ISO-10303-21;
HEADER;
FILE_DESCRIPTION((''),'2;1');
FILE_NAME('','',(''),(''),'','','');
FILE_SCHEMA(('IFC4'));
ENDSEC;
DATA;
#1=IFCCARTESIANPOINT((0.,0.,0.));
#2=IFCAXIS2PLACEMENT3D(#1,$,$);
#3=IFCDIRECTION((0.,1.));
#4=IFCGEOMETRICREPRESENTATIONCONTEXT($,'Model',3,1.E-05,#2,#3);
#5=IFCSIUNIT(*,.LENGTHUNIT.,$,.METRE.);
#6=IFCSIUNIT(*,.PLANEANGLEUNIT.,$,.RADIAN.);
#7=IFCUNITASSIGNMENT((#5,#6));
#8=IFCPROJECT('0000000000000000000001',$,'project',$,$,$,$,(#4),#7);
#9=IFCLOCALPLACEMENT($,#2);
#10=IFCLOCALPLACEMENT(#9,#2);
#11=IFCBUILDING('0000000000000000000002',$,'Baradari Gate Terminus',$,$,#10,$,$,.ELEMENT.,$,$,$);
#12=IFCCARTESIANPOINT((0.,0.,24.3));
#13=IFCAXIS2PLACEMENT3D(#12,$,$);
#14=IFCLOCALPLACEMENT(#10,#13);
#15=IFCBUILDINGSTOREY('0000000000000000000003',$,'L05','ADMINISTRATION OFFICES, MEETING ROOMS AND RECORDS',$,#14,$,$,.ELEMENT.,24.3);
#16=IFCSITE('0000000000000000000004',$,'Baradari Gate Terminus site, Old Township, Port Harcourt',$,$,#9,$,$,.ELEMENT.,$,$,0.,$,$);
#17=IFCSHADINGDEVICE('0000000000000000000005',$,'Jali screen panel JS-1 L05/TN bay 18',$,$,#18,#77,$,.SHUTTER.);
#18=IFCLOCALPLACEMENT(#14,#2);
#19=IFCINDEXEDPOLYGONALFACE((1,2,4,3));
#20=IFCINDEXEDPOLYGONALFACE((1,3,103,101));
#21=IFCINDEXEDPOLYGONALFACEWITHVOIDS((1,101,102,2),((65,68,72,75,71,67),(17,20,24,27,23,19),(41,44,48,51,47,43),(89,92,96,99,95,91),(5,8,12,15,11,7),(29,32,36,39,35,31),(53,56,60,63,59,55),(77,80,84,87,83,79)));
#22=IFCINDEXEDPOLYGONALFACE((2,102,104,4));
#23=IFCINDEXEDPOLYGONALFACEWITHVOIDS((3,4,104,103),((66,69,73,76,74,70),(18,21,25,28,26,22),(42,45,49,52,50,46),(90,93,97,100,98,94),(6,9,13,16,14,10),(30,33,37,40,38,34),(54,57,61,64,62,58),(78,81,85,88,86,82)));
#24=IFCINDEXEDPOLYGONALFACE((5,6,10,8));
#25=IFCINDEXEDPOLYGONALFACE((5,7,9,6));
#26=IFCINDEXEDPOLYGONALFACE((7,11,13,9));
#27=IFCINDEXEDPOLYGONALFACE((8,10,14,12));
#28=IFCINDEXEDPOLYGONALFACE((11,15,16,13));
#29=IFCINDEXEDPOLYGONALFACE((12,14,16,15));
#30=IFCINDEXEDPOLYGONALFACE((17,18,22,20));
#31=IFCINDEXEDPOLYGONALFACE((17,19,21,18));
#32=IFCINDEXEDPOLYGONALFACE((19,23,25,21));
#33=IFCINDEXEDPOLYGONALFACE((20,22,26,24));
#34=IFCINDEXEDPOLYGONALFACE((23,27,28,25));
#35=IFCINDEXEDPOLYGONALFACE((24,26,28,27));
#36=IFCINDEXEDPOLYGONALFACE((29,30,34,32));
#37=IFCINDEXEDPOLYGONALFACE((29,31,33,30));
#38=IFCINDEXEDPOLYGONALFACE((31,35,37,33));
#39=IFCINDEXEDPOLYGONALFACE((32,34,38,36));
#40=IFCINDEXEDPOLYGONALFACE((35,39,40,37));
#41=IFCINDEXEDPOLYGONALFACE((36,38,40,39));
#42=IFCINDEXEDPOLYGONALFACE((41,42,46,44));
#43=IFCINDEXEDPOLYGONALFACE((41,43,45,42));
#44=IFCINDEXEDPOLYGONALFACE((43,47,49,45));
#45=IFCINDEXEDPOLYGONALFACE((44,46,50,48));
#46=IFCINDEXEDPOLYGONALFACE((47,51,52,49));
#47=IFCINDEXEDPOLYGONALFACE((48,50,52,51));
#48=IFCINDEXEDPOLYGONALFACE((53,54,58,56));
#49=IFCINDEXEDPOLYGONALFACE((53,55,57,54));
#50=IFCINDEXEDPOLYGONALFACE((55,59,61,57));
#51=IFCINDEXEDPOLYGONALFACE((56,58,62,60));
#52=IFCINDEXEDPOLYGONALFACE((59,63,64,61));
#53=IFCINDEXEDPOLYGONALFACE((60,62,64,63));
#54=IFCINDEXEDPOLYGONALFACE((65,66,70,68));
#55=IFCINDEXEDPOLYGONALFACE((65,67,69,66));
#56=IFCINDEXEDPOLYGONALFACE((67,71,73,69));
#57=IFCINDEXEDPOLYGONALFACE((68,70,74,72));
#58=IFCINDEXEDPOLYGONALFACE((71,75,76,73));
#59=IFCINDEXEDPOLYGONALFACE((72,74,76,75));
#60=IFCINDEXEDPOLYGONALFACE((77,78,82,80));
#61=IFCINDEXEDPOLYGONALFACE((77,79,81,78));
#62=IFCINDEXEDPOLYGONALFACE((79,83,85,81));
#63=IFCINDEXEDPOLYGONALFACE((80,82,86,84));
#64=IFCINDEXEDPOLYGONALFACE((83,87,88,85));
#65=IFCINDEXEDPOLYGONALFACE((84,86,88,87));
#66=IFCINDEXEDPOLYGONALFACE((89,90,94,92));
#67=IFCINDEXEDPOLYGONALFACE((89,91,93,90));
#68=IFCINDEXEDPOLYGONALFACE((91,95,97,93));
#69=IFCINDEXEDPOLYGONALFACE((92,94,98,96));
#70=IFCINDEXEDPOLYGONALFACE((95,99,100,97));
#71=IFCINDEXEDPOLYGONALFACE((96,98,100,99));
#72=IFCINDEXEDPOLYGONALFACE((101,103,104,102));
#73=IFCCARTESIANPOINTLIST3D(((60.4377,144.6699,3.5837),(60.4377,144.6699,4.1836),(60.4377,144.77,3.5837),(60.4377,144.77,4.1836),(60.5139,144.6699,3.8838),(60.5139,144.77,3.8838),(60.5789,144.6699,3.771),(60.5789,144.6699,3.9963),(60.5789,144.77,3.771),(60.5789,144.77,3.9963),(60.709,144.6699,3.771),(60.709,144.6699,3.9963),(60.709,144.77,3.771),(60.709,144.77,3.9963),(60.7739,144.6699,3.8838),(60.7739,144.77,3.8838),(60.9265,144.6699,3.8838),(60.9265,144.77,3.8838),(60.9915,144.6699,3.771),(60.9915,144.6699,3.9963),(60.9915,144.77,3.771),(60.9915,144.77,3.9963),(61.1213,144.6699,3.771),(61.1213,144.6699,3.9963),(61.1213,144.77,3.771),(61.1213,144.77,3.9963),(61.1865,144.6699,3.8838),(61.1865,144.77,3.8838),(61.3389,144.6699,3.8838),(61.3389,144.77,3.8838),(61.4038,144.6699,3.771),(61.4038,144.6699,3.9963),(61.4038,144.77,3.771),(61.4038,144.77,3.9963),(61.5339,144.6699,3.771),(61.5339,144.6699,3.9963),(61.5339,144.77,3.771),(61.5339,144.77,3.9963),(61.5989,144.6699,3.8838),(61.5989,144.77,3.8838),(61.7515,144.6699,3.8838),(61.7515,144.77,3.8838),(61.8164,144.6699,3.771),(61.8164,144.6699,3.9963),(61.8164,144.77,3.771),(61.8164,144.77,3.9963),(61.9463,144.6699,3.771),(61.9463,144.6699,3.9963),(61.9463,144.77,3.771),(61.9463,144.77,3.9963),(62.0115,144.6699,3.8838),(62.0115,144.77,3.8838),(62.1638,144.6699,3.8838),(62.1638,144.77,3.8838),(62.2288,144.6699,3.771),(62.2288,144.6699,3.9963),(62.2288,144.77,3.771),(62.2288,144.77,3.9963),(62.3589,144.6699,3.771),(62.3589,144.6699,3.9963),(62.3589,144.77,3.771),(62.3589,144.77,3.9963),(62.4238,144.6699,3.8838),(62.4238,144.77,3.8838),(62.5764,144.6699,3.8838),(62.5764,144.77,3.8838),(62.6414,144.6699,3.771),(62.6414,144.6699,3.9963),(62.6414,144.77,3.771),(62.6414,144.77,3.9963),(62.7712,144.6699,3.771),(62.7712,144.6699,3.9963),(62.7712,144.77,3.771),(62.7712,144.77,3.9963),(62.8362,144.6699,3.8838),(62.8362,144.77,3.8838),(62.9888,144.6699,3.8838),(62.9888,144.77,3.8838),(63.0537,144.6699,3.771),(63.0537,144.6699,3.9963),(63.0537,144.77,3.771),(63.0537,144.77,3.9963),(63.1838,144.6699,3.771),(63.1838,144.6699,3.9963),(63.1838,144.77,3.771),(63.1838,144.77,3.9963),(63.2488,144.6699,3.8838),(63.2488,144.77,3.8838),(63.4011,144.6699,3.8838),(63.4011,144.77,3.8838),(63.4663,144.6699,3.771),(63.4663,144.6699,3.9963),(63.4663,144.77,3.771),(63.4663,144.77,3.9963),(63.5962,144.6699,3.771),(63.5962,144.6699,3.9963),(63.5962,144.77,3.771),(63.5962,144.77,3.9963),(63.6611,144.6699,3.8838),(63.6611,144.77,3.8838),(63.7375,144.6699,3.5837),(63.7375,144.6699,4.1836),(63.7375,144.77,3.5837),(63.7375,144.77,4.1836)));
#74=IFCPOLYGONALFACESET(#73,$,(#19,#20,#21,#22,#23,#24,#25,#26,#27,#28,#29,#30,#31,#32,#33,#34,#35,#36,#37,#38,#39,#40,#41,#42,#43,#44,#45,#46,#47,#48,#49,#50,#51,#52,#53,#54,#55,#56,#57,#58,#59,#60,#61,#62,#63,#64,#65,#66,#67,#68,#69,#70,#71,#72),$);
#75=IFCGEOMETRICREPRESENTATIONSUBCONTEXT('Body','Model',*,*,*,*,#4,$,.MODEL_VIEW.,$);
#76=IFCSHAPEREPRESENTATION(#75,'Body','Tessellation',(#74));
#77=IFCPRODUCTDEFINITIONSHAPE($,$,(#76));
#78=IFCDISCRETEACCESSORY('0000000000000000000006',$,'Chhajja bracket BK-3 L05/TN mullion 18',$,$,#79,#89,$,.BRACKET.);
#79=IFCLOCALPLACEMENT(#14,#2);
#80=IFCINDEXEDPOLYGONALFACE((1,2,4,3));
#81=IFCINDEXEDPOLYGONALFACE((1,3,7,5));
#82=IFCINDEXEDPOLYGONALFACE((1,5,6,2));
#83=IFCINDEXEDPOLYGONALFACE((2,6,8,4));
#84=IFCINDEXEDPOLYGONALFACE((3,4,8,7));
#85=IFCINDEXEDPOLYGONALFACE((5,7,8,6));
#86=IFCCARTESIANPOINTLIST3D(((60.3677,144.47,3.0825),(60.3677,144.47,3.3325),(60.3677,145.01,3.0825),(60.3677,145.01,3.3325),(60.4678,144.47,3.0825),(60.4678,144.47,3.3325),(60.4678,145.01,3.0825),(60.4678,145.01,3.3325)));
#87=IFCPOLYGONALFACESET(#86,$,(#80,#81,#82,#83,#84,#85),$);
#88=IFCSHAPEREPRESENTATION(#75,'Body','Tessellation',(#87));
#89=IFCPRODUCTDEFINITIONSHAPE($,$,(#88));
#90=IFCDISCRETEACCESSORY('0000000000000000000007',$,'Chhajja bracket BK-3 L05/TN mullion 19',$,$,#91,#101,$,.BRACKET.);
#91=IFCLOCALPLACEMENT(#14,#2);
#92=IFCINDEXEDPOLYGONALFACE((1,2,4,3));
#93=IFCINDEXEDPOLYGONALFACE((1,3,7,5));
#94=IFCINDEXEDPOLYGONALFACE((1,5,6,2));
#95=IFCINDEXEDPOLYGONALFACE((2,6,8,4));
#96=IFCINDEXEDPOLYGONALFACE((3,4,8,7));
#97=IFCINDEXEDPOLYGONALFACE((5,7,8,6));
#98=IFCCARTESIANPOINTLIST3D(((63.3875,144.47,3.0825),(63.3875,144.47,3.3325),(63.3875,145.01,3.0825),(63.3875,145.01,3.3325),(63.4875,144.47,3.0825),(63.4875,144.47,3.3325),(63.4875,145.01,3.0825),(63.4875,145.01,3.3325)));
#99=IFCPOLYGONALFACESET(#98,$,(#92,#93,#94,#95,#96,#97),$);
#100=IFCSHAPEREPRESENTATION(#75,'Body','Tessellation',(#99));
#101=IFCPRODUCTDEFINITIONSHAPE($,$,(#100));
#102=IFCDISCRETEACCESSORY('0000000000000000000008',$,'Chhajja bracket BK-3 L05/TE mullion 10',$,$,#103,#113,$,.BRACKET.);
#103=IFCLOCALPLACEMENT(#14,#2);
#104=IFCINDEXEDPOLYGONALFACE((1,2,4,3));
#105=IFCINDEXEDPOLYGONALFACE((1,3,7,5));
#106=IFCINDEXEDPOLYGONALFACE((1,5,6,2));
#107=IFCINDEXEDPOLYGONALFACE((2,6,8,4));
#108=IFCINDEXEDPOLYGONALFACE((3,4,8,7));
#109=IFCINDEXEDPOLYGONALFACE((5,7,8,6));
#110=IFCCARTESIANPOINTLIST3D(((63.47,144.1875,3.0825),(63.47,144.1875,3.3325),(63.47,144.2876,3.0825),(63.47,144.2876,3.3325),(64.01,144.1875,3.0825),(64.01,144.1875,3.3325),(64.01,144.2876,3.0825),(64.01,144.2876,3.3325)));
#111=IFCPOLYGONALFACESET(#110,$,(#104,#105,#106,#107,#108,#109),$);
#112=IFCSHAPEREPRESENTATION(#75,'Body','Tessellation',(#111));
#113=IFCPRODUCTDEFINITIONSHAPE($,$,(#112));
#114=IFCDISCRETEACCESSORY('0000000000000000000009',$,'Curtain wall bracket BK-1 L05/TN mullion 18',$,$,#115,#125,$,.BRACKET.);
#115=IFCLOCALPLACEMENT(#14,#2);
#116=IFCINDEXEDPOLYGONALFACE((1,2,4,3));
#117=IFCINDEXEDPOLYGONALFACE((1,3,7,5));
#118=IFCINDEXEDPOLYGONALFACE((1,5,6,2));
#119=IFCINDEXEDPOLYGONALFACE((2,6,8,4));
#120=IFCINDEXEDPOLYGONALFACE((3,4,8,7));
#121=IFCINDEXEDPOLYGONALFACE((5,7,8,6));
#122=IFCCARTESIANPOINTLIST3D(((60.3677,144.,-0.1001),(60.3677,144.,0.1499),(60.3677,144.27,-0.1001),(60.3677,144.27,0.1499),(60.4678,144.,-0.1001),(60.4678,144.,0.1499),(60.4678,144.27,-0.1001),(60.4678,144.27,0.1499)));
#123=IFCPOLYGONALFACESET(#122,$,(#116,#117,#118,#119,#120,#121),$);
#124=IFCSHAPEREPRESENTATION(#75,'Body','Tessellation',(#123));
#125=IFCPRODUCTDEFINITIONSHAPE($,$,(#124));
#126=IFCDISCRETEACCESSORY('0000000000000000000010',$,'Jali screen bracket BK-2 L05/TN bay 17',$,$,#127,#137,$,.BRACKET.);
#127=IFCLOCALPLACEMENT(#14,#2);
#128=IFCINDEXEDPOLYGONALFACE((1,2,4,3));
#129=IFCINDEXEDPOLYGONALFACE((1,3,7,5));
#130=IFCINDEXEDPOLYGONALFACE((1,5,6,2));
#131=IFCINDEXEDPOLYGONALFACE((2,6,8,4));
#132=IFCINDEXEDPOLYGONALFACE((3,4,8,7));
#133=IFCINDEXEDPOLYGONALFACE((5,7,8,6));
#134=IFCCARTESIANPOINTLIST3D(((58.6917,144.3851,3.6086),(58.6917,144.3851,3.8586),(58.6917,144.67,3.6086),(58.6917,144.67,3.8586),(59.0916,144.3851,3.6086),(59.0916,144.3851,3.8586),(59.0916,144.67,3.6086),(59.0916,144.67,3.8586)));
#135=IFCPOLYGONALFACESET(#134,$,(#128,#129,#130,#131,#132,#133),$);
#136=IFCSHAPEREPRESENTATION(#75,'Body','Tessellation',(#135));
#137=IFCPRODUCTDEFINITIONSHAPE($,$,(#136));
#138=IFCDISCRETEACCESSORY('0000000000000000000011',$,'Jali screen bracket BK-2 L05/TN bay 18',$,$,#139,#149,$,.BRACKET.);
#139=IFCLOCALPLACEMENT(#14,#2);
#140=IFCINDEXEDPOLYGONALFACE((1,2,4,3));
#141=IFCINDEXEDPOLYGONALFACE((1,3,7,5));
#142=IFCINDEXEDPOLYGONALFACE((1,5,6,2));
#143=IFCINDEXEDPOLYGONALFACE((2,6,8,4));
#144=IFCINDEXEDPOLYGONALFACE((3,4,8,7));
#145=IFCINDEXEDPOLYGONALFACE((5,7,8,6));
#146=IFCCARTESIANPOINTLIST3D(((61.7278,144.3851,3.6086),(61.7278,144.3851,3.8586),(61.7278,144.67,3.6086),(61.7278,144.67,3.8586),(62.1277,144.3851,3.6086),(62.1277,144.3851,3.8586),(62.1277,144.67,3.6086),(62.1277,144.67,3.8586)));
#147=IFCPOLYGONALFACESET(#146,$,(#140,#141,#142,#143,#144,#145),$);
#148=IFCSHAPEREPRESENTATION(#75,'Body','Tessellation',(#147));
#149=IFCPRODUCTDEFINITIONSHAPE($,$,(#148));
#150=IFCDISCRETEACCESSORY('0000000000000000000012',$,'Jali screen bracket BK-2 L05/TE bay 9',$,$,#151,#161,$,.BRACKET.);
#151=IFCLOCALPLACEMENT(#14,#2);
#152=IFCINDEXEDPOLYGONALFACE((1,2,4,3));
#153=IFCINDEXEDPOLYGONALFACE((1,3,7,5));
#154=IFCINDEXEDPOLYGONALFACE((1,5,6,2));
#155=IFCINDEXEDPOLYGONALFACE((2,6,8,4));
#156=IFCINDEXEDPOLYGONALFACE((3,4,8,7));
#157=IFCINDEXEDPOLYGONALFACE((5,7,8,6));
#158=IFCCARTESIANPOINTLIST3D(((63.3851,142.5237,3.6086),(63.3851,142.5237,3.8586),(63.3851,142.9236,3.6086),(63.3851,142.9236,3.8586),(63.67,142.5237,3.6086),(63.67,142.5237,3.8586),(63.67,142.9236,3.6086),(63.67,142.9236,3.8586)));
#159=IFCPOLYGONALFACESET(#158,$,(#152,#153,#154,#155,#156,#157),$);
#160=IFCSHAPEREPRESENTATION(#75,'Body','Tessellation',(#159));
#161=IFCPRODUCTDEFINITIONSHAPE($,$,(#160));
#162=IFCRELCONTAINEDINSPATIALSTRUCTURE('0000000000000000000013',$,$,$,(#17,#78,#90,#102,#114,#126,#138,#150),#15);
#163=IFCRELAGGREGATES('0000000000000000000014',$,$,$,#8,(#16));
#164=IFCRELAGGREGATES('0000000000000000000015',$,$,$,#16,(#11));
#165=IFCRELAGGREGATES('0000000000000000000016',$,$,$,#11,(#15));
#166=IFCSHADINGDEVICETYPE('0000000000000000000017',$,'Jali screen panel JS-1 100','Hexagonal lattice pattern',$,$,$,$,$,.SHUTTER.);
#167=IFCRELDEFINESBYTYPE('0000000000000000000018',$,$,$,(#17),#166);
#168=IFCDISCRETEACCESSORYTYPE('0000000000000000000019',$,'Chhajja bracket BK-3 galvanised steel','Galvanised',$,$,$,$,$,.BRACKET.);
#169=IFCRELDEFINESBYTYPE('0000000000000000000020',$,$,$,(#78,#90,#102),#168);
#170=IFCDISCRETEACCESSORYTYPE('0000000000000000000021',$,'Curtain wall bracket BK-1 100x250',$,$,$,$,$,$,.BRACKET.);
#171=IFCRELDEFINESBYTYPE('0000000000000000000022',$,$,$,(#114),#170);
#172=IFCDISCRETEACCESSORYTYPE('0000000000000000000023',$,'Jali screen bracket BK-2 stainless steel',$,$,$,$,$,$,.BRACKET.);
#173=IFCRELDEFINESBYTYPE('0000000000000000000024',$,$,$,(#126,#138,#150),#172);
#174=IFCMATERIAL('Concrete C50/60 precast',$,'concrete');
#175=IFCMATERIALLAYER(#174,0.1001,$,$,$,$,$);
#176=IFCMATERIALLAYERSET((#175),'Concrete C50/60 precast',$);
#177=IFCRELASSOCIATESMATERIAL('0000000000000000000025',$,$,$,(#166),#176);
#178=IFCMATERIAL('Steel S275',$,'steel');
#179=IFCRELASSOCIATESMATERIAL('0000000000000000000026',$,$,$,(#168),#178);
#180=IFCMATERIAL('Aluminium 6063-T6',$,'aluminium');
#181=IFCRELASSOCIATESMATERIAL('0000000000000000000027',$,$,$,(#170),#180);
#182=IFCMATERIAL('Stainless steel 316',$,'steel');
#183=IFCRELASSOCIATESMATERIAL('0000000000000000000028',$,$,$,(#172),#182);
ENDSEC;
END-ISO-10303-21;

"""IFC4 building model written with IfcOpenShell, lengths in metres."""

from ifc_helpers import new_model, si_unit, direction, frame, origin, origin_2d, place, context, subcontext, project, spatial, polyline, rectangle, outline, extrude, material, layer, layer_set, type_object, element, save


model = new_model("IFC4")

# Units and contexts
model_context = context("Model", 3, precision=1e-05, world=origin(), true_north=direction((0.0, 1.0)))
body_context = subcontext(model_context, "Body", "Model", "MODEL_VIEW")
ifc_project = project(units=[si_unit("LENGTHUNIT", "METRE"), si_unit("PLANEANGLEUNIT", "RADIAN")], contexts=[model_context])

# Site, building, storey
site_placement = place(None, origin())
site = spatial("IfcSite", under=ifc_project, at=site_placement, Name="Baradari Gate Terminus site, Old Township, Port Harcourt", CompositionType="ELEMENT", RefElevation=0.0)
building_placement = place(site_placement, origin())
building = spatial("IfcBuilding", under=site, at=building_placement, Name="Baradari Gate Terminus", CompositionType="ELEMENT")
storey_placement = place(building_placement, frame((0.0, 0.0, 24.3)))
storey = spatial("IfcBuildingStorey", under=building, at=storey_placement, Name="L05", Description="ADMINISTRATION OFFICES, MEETING ROOMS AND RECORDS", CompositionType="ELEMENT", Elevation=24.3)

# Shading device
ifc_material_1 = material(Name="Concrete C50/60 precast", Category="concrete")
ifc_layer_1 = layer(ifc_material_1, 0.1001)
ifc_layer_set_1 = layer_set([ifc_layer_1], Name="Concrete C50/60 precast")
shading_device_type_1 = type_object("IfcShadingDeviceType", Name="Jali screen panel JS-1 100", Description="Hexagonal lattice pattern", PredefinedType="SHUTTER", material=ifc_layer_set_1)
shading_device_1_placement = place(storey_placement, frame((60.4377, 144.72, 3.5837), z_axis=(0.0, 0.0, 1.0), x_axis=(1.0, 0.0, 0.0)))
element("IfcShadingDevice", 1, at=shading_device_1_placement, inside=storey, type_object=shading_device_type_1, Name="Jali screen panel JS-1 L05/TN bay 18", PredefinedType="SHUTTER", context=body_context, shape_type="SweptSolid", body=[
    extrude(outline(polyline([(0.0, 0.0), (3.2998, 0.0), (3.2998, 0.5999), (0.0, 0.5999), (0.0, 0.0)]), holes=[polyline([(0.3362, 0.3), (0.2712, 0.1873), (0.1411, 0.1873), (0.0762, 0.3), (0.1411, 0.4126), (0.2712, 0.4126), (0.3362, 0.3)]), polyline([(0.7488, 0.3), (0.6836, 0.1873), (0.5537, 0.1873), (0.4888, 0.3), (0.5537, 0.4126), (0.6836, 0.4126), (0.7488, 0.3)]), polyline([(1.1611, 0.3), (1.0962, 0.1873), (0.9661, 0.1873), (0.9011, 0.3), (0.9661, 0.4126), (1.0962, 0.4126), (1.1611, 0.3)]), polyline([(1.5737, 0.3), (1.5085, 0.1873), (1.3787, 0.1873), (1.3137, 0.3), (1.3787, 0.4126), (1.5085, 0.4126), (1.5737, 0.3)]), polyline([(1.9861, 0.3), (1.9211, 0.1873), (1.791, 0.1873), (1.7261, 0.3), (1.791, 0.4126), (1.9211, 0.4126), (1.9861, 0.3)]), polyline([(2.3984, 0.3), (2.3335, 0.1873), (2.2036, 0.1873), (2.1387, 0.3), (2.2036, 0.4126), (2.3335, 0.4126), (2.3984, 0.3)]), polyline([(2.811, 0.3), (2.7461, 0.1873), (2.616, 0.1873), (2.551, 0.3), (2.616, 0.4126), (2.7461, 0.4126), (2.811, 0.3)]), polyline([(3.2234, 0.3), (3.1584, 0.1873), (3.0286, 0.1873), (2.9634, 0.3), (3.0286, 0.4126), (3.1584, 0.4126), (3.2234, 0.3)])]), frame((0.0, 0.05, 0.0), z_axis=(0.0, -1.0, 0.0), x_axis=(1.0, 0.0, 0.0)), (0.0, 0.0, 1.0), 0.1001),
])

# Discrete accessories
ifc_material_2 = material(Name="Steel S275", Category="steel")
discrete_accessory_type_1 = type_object("IfcDiscreteAccessoryType", Name="Chhajja bracket BK-3 galvanised steel", Description="Galvanised", PredefinedType="BRACKET", material=ifc_material_2)
for number, where, z_axis, x_axis, name in (
    (2, (60.4177, 144.74, 3.0825), (0.0, 0.0, 1.0), (0.0, 1.0, 0.0), "Chhajja bracket BK-3 L05/TN mullion 18"),
    (3, (63.4375, 144.74, 3.0825), (0.0, 0.0, 1.0), (0.0, 1.0, 0.0), "Chhajja bracket BK-3 L05/TN mullion 19"),
    (4, (63.74, 144.2375, 3.0825), (0.0, 0.0, 1.0), (1.0, 0.0, 0.0), "Chhajja bracket BK-3 L05/TE mullion 10"),
):
    element("IfcDiscreteAccessory", number, at=place(storey_placement, frame(where, z_axis=z_axis, x_axis=x_axis)), inside=storey, type_object=discrete_accessory_type_1, Name=name, PredefinedType="BRACKET", context=body_context, shape_type="SweptSolid", body=[
        extrude(rectangle(XDim=0.54, YDim=0.1001, at=origin_2d()), origin(), (0.0, 0.0, 1.0), 0.25),
    ])
ifc_material_3 = material(Name="Aluminium 6063-T6", Category="aluminium")
discrete_accessory_type_2 = type_object("IfcDiscreteAccessoryType", Name="Curtain wall bracket BK-1 100x250", PredefinedType="BRACKET", material=ifc_material_3)
discrete_accessory_placement = place(storey_placement, frame((60.4177, 144.135, -0.1001), z_axis=(0.0, 0.0, 1.0), x_axis=(0.0, 1.0, 0.0)))
element("IfcDiscreteAccessory", 5, at=discrete_accessory_placement, inside=storey, type_object=discrete_accessory_type_2, Name="Curtain wall bracket BK-1 L05/TN mullion 18", PredefinedType="BRACKET", context=body_context, shape_type="SweptSolid", body=[
    extrude(rectangle(XDim=0.27, YDim=0.1001, at=origin_2d()), origin(), (0.0, 0.0, 1.0), 0.25),
])
ifc_material_4 = material(Name="Stainless steel 316", Category="steel")
discrete_accessory_type_3 = type_object("IfcDiscreteAccessoryType", Name="Jali screen bracket BK-2 stainless steel", PredefinedType="BRACKET", material=ifc_material_4)
for number, where, z_axis, x_axis, name in (
    (6, (58.8916, 144.5276, 3.6086), (0.0, 0.0, 1.0), (0.0, 1.0, 0.0), "Jali screen bracket BK-2 L05/TN bay 17"),
    (7, (61.9277, 144.5276, 3.6086), (0.0, 0.0, 1.0), (0.0, 1.0, 0.0), "Jali screen bracket BK-2 L05/TN bay 18"),
    (8, (63.5276, 142.7236, 3.6086), (0.0, 0.0, 1.0), (1.0, 0.0, 0.0), "Jali screen bracket BK-2 L05/TE bay 9"),
):
    element("IfcDiscreteAccessory", number, at=place(storey_placement, frame(where, z_axis=z_axis, x_axis=x_axis)), inside=storey, type_object=discrete_accessory_type_3, Name=name, PredefinedType="BRACKET", context=body_context, shape_type="SweptSolid", body=[
        extrude(rectangle(XDim=0.2849, YDim=0.3999, at=origin_2d()), origin(), (0.0, 0.0, 1.0), 0.25),
    ])

save(model, "model.ifc")
